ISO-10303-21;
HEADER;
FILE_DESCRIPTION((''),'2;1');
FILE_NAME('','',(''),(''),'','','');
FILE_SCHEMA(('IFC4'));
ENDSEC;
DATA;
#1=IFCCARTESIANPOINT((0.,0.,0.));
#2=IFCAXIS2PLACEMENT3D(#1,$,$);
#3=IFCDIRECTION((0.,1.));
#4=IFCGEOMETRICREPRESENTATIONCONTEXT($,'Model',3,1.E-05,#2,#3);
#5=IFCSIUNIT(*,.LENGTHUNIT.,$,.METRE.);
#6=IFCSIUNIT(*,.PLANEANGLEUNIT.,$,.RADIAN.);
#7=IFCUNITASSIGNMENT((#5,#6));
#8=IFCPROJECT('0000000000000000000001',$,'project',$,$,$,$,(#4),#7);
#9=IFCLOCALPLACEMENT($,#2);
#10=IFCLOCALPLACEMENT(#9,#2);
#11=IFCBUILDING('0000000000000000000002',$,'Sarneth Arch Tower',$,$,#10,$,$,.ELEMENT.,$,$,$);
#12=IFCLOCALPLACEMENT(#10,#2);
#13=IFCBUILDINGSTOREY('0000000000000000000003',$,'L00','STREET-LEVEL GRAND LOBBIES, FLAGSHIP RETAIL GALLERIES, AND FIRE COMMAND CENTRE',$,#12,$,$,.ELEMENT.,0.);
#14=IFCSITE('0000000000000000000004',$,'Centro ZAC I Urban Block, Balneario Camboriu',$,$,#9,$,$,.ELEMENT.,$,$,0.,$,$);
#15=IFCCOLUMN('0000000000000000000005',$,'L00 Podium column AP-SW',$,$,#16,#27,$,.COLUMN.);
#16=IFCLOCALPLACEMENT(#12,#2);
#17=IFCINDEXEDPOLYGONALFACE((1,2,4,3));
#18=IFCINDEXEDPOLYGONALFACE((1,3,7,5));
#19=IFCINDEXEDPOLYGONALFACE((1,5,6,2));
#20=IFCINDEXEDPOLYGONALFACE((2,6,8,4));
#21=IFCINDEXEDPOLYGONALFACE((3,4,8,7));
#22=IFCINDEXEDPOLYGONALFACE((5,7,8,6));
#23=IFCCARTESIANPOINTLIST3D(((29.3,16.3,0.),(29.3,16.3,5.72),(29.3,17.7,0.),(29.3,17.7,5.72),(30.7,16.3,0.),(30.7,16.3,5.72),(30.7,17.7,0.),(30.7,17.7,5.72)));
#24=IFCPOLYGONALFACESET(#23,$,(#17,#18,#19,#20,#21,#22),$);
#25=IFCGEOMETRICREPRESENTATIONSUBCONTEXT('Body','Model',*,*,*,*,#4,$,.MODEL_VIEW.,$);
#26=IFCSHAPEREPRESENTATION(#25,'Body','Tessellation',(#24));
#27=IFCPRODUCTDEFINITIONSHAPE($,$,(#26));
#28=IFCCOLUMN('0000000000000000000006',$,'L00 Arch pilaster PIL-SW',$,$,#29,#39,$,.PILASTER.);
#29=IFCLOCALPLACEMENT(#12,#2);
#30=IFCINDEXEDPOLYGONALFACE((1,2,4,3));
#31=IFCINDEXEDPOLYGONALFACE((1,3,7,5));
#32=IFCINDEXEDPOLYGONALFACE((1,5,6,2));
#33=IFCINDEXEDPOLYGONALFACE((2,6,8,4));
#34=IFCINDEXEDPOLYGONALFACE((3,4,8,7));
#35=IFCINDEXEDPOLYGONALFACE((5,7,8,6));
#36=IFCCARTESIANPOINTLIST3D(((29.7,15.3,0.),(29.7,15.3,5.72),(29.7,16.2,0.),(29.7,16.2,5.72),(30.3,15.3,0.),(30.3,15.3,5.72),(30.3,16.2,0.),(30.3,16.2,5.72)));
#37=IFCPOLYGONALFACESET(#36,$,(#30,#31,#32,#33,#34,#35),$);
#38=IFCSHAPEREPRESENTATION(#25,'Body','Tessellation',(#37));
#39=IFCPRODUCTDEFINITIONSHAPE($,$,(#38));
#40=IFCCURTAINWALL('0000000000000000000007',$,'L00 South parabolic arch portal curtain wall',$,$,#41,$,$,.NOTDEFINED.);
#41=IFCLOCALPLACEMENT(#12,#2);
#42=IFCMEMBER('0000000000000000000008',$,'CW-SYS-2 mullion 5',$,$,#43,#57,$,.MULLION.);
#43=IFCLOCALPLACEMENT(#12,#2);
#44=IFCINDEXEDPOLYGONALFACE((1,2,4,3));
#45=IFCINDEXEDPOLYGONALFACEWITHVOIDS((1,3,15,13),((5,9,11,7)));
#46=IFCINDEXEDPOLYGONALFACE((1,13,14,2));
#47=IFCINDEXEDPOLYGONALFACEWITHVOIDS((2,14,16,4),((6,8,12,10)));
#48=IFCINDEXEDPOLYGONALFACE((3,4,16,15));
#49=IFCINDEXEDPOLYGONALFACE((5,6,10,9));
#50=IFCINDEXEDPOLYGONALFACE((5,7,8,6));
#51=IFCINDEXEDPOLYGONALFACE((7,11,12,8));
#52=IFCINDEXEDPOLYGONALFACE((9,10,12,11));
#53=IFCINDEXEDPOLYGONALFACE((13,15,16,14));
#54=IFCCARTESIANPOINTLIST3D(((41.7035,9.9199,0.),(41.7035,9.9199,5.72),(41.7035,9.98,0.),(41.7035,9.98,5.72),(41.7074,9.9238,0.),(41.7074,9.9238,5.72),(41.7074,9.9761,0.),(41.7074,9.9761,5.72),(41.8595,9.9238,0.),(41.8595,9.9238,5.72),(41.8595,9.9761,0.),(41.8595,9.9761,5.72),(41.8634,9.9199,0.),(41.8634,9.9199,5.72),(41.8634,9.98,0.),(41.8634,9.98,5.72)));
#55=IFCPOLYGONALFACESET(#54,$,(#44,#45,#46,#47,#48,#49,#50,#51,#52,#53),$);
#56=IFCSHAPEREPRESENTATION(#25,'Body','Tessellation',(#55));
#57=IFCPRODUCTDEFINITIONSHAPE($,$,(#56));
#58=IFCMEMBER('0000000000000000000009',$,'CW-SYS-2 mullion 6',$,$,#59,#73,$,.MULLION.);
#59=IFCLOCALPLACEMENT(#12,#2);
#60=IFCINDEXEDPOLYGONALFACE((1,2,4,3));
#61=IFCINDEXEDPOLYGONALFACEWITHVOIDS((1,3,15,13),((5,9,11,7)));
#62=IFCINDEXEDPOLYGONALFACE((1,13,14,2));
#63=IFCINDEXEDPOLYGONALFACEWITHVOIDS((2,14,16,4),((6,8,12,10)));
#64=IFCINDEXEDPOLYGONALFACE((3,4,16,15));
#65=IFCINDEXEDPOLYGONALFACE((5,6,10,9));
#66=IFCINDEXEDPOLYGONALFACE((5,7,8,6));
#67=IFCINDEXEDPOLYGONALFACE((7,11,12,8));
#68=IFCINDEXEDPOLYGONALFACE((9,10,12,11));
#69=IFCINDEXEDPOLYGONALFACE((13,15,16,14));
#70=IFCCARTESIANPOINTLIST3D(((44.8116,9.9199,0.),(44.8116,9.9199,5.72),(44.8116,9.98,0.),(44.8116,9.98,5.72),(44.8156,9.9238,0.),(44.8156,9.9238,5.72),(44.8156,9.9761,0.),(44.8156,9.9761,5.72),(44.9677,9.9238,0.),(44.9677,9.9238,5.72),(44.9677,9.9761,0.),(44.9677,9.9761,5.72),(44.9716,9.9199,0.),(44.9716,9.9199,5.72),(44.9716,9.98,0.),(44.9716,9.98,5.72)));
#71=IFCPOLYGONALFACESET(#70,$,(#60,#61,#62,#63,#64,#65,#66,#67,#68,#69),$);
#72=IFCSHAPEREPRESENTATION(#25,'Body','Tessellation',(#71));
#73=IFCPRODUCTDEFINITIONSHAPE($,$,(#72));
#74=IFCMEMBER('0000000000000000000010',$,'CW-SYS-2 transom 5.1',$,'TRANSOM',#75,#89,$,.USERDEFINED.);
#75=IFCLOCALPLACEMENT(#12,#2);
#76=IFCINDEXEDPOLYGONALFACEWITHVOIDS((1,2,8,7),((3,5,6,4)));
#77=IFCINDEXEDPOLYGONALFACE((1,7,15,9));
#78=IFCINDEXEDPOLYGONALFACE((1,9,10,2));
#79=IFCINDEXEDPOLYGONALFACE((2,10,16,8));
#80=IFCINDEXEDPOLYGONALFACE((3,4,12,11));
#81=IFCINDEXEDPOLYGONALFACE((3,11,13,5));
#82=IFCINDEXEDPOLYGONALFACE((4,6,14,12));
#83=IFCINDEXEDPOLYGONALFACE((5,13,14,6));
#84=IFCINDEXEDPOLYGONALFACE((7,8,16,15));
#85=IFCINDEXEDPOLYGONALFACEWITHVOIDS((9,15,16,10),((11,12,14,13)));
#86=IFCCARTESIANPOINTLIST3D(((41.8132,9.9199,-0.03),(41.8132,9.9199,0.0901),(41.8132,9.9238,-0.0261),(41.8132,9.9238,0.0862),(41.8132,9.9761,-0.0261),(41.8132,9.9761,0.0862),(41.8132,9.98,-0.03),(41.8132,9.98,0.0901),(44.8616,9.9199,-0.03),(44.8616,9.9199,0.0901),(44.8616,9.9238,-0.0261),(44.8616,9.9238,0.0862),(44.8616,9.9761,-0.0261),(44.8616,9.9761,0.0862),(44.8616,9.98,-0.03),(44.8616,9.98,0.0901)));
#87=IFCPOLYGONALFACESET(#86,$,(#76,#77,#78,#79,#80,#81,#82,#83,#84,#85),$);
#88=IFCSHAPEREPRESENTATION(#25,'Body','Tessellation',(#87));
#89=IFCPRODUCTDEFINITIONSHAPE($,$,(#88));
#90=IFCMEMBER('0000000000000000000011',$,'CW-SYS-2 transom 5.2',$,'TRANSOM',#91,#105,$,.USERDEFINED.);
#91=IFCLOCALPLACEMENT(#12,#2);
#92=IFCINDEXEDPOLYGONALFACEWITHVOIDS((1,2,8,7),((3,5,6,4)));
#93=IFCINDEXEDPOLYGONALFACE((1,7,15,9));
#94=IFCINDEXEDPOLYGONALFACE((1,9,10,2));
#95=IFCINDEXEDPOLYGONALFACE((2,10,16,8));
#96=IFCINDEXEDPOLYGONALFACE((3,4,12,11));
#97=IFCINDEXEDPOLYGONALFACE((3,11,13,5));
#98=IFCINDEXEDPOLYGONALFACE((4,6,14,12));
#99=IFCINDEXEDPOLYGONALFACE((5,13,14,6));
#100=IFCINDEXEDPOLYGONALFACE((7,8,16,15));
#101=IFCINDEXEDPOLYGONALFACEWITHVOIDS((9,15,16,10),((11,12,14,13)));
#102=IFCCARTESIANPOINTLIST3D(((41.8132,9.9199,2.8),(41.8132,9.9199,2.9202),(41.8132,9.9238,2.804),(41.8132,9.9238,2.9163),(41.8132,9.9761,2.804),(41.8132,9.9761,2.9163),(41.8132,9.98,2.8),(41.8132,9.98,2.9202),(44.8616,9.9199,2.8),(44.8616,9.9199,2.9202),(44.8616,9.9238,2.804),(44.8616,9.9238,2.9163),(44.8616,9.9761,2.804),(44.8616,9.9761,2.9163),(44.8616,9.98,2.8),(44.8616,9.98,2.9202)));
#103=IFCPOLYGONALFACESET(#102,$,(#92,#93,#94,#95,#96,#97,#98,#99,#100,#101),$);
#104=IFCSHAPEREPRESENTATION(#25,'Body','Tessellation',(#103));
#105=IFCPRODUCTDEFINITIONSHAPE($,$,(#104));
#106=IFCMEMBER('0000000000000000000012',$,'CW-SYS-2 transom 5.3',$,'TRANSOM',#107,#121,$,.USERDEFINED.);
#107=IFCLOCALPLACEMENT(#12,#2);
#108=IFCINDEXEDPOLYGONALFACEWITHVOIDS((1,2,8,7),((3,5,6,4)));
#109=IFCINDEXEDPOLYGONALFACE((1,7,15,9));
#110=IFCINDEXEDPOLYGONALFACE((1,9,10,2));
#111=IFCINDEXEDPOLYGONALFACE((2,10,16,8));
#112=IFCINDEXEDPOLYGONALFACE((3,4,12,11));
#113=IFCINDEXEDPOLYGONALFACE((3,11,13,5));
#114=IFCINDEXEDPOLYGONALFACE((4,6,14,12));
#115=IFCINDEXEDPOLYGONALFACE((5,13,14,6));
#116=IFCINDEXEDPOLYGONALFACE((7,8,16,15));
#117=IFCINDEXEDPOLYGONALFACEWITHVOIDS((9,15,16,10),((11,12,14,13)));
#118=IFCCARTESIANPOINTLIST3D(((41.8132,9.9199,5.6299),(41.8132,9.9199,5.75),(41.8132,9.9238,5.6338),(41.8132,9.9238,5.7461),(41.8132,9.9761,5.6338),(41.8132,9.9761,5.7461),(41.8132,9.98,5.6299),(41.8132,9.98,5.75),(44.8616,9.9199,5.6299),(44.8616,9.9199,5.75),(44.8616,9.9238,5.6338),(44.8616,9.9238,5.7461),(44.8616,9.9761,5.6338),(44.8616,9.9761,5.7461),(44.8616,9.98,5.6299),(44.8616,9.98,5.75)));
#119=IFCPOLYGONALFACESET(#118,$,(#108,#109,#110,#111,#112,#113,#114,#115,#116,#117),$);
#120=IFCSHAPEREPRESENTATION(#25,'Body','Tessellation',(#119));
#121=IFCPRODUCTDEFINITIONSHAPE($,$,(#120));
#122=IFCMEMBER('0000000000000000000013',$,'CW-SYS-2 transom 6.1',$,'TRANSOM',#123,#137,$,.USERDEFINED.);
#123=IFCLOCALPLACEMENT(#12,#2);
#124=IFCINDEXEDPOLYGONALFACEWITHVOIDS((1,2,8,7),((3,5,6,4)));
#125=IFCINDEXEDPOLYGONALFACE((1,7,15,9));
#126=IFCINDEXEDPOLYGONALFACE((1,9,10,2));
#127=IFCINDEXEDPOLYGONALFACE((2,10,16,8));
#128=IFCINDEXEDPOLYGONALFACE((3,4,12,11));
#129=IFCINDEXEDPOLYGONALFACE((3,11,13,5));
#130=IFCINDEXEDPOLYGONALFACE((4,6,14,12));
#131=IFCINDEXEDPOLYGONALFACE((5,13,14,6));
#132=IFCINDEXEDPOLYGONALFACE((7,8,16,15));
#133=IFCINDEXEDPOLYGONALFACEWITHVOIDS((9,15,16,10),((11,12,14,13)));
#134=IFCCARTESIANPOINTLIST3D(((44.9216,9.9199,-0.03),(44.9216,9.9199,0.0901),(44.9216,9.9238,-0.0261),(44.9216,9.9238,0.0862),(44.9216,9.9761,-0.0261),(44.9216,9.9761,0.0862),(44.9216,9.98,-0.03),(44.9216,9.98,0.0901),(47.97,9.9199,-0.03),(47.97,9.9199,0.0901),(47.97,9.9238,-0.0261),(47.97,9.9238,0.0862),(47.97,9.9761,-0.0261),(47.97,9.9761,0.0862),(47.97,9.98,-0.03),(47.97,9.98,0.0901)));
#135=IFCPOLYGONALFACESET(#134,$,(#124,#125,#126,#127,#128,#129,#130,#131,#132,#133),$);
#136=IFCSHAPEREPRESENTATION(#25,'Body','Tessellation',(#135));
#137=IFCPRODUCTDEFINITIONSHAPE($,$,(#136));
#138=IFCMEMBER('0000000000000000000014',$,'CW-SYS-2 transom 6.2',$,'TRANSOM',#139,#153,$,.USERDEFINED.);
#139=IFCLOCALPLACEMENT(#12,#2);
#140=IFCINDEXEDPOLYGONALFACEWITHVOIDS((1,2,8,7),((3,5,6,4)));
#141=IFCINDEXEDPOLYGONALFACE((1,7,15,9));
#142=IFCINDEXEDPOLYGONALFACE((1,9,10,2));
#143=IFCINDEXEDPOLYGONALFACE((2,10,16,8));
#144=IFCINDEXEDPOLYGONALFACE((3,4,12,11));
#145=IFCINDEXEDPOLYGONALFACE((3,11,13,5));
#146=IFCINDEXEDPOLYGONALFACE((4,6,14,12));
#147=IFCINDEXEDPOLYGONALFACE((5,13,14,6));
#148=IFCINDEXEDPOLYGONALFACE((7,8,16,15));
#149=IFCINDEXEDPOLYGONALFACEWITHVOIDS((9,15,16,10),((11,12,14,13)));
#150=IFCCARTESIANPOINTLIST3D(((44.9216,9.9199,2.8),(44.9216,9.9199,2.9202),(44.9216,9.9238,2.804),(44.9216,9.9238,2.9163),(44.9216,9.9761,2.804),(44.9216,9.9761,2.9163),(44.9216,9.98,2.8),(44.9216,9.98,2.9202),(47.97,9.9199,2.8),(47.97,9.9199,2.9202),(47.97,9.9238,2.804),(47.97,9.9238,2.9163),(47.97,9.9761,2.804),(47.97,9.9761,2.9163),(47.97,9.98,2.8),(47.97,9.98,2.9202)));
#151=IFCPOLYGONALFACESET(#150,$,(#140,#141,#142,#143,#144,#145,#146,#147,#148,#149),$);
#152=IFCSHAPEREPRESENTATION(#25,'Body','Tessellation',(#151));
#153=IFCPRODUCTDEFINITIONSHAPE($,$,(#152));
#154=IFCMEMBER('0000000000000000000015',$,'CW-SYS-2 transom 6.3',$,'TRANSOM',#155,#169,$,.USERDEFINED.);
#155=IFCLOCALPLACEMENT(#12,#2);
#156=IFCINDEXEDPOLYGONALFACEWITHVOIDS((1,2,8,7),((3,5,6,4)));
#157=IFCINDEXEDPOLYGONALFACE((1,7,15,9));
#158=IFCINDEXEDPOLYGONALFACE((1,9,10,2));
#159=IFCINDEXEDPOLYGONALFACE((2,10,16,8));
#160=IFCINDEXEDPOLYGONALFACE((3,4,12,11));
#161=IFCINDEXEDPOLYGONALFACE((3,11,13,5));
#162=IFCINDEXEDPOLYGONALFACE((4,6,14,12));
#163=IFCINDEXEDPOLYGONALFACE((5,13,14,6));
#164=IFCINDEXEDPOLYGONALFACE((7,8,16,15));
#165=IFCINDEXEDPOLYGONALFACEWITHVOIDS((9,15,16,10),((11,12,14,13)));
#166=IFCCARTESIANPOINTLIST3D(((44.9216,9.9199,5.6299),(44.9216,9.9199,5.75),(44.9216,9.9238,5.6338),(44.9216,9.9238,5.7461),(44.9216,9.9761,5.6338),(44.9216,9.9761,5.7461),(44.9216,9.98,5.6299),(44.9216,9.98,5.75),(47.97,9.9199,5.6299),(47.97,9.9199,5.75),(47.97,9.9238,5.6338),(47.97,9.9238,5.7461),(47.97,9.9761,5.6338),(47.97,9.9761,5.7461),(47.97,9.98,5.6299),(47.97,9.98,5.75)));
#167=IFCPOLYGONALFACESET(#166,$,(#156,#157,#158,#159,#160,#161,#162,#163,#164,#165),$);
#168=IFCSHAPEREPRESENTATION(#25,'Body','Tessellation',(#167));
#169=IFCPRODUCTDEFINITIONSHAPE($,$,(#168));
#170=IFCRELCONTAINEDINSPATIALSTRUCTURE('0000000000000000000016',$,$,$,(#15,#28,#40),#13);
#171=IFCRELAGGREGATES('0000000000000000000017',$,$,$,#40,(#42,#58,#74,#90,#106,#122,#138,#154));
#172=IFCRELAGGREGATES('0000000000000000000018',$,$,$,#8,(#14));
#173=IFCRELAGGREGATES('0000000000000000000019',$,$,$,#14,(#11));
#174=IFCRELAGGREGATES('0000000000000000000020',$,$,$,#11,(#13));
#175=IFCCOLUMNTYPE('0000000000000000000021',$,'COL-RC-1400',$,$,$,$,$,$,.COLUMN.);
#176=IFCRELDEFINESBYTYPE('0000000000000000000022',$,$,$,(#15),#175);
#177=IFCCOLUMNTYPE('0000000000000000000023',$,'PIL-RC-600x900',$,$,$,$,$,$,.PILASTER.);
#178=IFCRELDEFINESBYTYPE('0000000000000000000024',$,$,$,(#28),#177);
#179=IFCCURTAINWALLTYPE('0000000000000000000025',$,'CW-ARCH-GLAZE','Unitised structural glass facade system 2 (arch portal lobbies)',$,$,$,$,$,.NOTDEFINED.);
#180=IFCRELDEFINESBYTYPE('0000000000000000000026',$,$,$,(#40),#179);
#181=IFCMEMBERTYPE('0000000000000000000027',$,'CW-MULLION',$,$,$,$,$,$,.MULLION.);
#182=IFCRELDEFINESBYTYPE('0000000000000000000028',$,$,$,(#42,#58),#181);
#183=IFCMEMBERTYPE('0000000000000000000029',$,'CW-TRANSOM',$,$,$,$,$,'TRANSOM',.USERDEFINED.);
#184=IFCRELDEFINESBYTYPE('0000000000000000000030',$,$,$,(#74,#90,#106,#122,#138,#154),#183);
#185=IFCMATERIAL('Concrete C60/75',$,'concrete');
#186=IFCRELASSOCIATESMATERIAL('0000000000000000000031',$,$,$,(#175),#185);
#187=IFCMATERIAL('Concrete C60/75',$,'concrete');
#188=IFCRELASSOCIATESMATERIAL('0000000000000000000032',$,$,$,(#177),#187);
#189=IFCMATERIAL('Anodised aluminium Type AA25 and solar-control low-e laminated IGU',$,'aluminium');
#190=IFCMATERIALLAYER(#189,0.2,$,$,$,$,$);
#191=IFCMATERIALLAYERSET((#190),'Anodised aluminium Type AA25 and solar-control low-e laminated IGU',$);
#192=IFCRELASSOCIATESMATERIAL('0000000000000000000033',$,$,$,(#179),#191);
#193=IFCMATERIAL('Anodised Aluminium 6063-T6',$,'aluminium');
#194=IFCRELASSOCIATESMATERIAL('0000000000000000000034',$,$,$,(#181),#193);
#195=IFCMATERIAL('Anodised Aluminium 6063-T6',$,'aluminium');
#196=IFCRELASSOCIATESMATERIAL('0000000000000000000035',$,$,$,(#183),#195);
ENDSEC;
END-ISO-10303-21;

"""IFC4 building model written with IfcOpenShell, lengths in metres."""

from ifc_helpers import new_model, si_unit, direction, frame, origin, origin_2d, place, context, subcontext, project, spatial, rectangle, hollow_rectangle, extrude, material, layer, layer_set, material_profile, profile_set, type_object, element, aggregate, save


model = new_model("IFC4")

# Units and contexts
model_context = context("Model", 3, precision=1e-05, world=origin(), true_north=direction((0.0, 1.0)))
body_context = subcontext(model_context, "Body", "Model", "MODEL_VIEW")
ifc_project = project(units=[si_unit("LENGTHUNIT", "METRE"), si_unit("PLANEANGLEUNIT", "RADIAN")], contexts=[model_context])

# Site, building, storey
site_placement = place(None, origin())
site = spatial("IfcSite", under=ifc_project, at=site_placement, Name="Centro ZAC I Urban Block, Balneario Camboriu", CompositionType="ELEMENT", RefElevation=0.0)
building_placement = place(site_placement, origin())
building = spatial("IfcBuilding", under=site, at=building_placement, Name="Sarneth Arch Tower", CompositionType="ELEMENT")
storey_placement = place(building_placement, origin())
storey = spatial("IfcBuildingStorey", under=building, at=storey_placement, Name="L00", Description="STREET-LEVEL GRAND LOBBIES, FLAGSHIP RETAIL GALLERIES, AND FIRE COMMAND CENTRE", CompositionType="ELEMENT", Elevation=0.0)

# Columns
ifc_material_1 = material(Name="Concrete C60/75", Category="concrete")
ifc_material_profile_1 = material_profile(ifc_material_1, rectangle(XDim=1.3999, YDim=1.3999, at=origin_2d()), Name="RC-1400x1400")
ifc_profile_set_1 = profile_set([ifc_material_profile_1], Name="Concrete C60/75")
column_type_1 = type_object("IfcColumnType", Name="COL-RC-1400", PredefinedType="COLUMN", material=ifc_profile_set_1)
column_1_placement = place(storey_placement, frame((30.0, 17.0, 0.0), z_axis=(0.0, 0.0, 1.0), x_axis=(1.0, 0.0, 0.0)))
element("IfcColumn", 1, at=column_1_placement, inside=storey, type_object=column_type_1, Name="L00 Podium column AP-SW", PredefinedType="COLUMN", context=body_context, shape_type="SweptSolid", body=[
    extrude(rectangle(XDim=1.3999, YDim=1.3999, at=origin_2d()), origin(), (0.0, 0.0, 1.0), 5.72),
])
ifc_material_2 = material(Name="Concrete C60/75", Category="concrete")
ifc_material_profile_2 = material_profile(ifc_material_2, rectangle(XDim=0.6001, YDim=0.8999, at=origin_2d()), Name="RC-600x900")
ifc_profile_set_2 = profile_set([ifc_material_profile_2], Name="Concrete C60/75")
column_type_2 = type_object("IfcColumnType", Name="PIL-RC-600x900", PredefinedType="PILASTER", material=ifc_profile_set_2)
column_2_placement = place(storey_placement, frame((30.0, 15.75, 0.0), z_axis=(0.0, 0.0, 1.0), x_axis=(1.0, 0.0, 0.0)))
element("IfcColumn", 2, at=column_2_placement, inside=storey, type_object=column_type_2, Name="L00 Arch pilaster PIL-SW", PredefinedType="PILASTER", context=body_context, shape_type="SweptSolid", body=[
    extrude(rectangle(XDim=0.6001, YDim=0.8999, at=origin_2d()), origin(), (0.0, 0.0, 1.0), 5.72),
])

# Curtain wall, members
ifc_material_3 = material(Name="Anodised aluminium Type AA25 and solar-control low-e laminated IGU", Category="aluminium")
ifc_layer_1 = layer(ifc_material_3, 0.2)
ifc_layer_set_1 = layer_set([ifc_layer_1], Name="Anodised aluminium Type AA25 and solar-control low-e laminated IGU")
curtain_wall_type = type_object("IfcCurtainWallType", Name="CW-ARCH-GLAZE", Description="Unitised structural glass facade system 2 (arch portal lobbies)", PredefinedType="NOTDEFINED", material=ifc_layer_set_1)
curtain_wall_placement = place(storey_placement, origin())
curtain_wall = element("IfcCurtainWall", 3, at=curtain_wall_placement, inside=storey, type_object=curtain_wall_type, Name="L00 South parabolic arch portal curtain wall", PredefinedType="NOTDEFINED")
ifc_material_4 = material(Name="Anodised Aluminium 6063-T6", Category="aluminium")
ifc_material_profile_3 = material_profile(ifc_material_4, hollow_rectangle(XDim=0.0601, YDim=0.1599, WallThickness=0.0039, at=origin_2d()), Name="AL-MULL-160x60x4")
ifc_profile_set_3 = profile_set([ifc_material_profile_3], Name="Anodised Aluminium 6063-T6")
member_type_1 = type_object("IfcMemberType", Name="CW-MULLION", PredefinedType="MULLION", material=ifc_profile_set_3)
member_1_placement = place(storey_placement, frame((41.7834, 9.95, 0.0), z_axis=(0.0, 0.0, 1.0), x_axis=(0.0, 1.0, 0.0)))
member_1 = element("IfcMember", 4, at=member_1_placement, type_object=member_type_1, Name="CW-SYS-2 mullion 5", PredefinedType="MULLION", context=body_context, shape_type="SweptSolid", body=[
    extrude(hollow_rectangle(XDim=0.0601, YDim=0.1599, WallThickness=0.0039, at=origin_2d()), origin(), (0.0, 0.0, 1.0), 5.72),
])
member_2_placement = place(storey_placement, frame((44.8916, 9.95, 0.0), z_axis=(0.0, 0.0, 1.0), x_axis=(0.0, 1.0, 0.0)))
member_2 = element("IfcMember", 5, at=member_2_placement, type_object=member_type_1, Name="CW-SYS-2 mullion 6", PredefinedType="MULLION", context=body_context, shape_type="SweptSolid", body=[
    extrude(hollow_rectangle(XDim=0.0601, YDim=0.1599, WallThickness=0.0039, at=origin_2d()), origin(), (0.0, 0.0, 1.0), 5.72),
])
ifc_material_5 = material(Name="Anodised Aluminium 6063-T6", Category="aluminium")
ifc_material_profile_4 = material_profile(ifc_material_5, hollow_rectangle(XDim=0.0601, YDim=0.1201, WallThickness=0.0039, at=origin_2d()), Name="AL-TRAN-120x60x4")
ifc_profile_set_4 = profile_set([ifc_material_profile_4], Name="Anodised Aluminium 6063-T6")
member_type_2 = type_object("IfcMemberType", Name="CW-TRANSOM", ElementType="TRANSOM", PredefinedType="USERDEFINED", material=ifc_profile_set_4)
member_3_placement = place(storey_placement, frame((41.8132, 9.95, 0.03), z_axis=(1.0, 0.0, 0.0), x_axis=(0.0, 1.0, 0.0)))
member_3 = element("IfcMember", 6, at=member_3_placement, type_object=member_type_2, Name="CW-SYS-2 transom 5.1", ObjectType="TRANSOM", PredefinedType="USERDEFINED", context=body_context, shape_type="SweptSolid", body=[
    extrude(hollow_rectangle(XDim=0.0601, YDim=0.1201, WallThickness=0.0039, at=origin_2d()), origin(), (0.0, 0.0, 1.0), 3.0483),
])
member_4_placement = place(storey_placement, frame((41.8132, 9.95, 2.8601), z_axis=(1.0, 0.0, 0.0), x_axis=(0.0, 1.0, 0.0)))
member_4 = element("IfcMember", 7, at=member_4_placement, type_object=member_type_2, Name="CW-SYS-2 transom 5.2", ObjectType="TRANSOM", PredefinedType="USERDEFINED", context=body_context, shape_type="SweptSolid", body=[
    extrude(hollow_rectangle(XDim=0.0601, YDim=0.1201, WallThickness=0.0039, at=origin_2d()), origin(), (0.0, 0.0, 1.0), 3.0483),
])
member_5_placement = place(storey_placement, frame((41.8132, 9.95, 5.6899), z_axis=(1.0, 0.0, 0.0), x_axis=(0.0, 1.0, 0.0)))
member_5 = element("IfcMember", 8, at=member_5_placement, type_object=member_type_2, Name="CW-SYS-2 transom 5.3", ObjectType="TRANSOM", PredefinedType="USERDEFINED", context=body_context, shape_type="SweptSolid", body=[
    extrude(hollow_rectangle(XDim=0.0601, YDim=0.1201, WallThickness=0.0039, at=origin_2d()), origin(), (0.0, 0.0, 1.0), 3.0483),
])
member_6_placement = place(storey_placement, frame((44.9216, 9.95, 0.03), z_axis=(1.0, 0.0, 0.0), x_axis=(0.0, 1.0, 0.0)))
member_6 = element("IfcMember", 9, at=member_6_placement, type_object=member_type_2, Name="CW-SYS-2 transom 6.1", ObjectType="TRANSOM", PredefinedType="USERDEFINED", context=body_context, shape_type="SweptSolid", body=[
    extrude(hollow_rectangle(XDim=0.0601, YDim=0.1201, WallThickness=0.0039, at=origin_2d()), origin(), (0.0, 0.0, 1.0), 3.0483),
])
member_7_placement = place(storey_placement, frame((44.9216, 9.95, 2.8601), z_axis=(1.0, 0.0, 0.0), x_axis=(0.0, 1.0, 0.0)))
member_7 = element("IfcMember", 10, at=member_7_placement, type_object=member_type_2, Name="CW-SYS-2 transom 6.2", ObjectType="TRANSOM", PredefinedType="USERDEFINED", context=body_context, shape_type="SweptSolid", body=[
    extrude(hollow_rectangle(XDim=0.0601, YDim=0.1201, WallThickness=0.0039, at=origin_2d()), origin(), (0.0, 0.0, 1.0), 3.0483),
])
member_8_placement = place(storey_placement, frame((44.9216, 9.95, 5.6899), z_axis=(1.0, 0.0, 0.0), x_axis=(0.0, 1.0, 0.0)))
member_8 = element("IfcMember", 11, at=member_8_placement, type_object=member_type_2, Name="CW-SYS-2 transom 6.3", ObjectType="TRANSOM", PredefinedType="USERDEFINED", context=body_context, shape_type="SweptSolid", body=[
    extrude(hollow_rectangle(XDim=0.0601, YDim=0.1201, WallThickness=0.0039, at=origin_2d()), origin(), (0.0, 0.0, 1.0), 3.0483),
])

aggregate(curtain_wall, [member_1, member_2, member_3, member_4, member_5, member_6, member_7, member_8])

save(model, "model.ifc")
